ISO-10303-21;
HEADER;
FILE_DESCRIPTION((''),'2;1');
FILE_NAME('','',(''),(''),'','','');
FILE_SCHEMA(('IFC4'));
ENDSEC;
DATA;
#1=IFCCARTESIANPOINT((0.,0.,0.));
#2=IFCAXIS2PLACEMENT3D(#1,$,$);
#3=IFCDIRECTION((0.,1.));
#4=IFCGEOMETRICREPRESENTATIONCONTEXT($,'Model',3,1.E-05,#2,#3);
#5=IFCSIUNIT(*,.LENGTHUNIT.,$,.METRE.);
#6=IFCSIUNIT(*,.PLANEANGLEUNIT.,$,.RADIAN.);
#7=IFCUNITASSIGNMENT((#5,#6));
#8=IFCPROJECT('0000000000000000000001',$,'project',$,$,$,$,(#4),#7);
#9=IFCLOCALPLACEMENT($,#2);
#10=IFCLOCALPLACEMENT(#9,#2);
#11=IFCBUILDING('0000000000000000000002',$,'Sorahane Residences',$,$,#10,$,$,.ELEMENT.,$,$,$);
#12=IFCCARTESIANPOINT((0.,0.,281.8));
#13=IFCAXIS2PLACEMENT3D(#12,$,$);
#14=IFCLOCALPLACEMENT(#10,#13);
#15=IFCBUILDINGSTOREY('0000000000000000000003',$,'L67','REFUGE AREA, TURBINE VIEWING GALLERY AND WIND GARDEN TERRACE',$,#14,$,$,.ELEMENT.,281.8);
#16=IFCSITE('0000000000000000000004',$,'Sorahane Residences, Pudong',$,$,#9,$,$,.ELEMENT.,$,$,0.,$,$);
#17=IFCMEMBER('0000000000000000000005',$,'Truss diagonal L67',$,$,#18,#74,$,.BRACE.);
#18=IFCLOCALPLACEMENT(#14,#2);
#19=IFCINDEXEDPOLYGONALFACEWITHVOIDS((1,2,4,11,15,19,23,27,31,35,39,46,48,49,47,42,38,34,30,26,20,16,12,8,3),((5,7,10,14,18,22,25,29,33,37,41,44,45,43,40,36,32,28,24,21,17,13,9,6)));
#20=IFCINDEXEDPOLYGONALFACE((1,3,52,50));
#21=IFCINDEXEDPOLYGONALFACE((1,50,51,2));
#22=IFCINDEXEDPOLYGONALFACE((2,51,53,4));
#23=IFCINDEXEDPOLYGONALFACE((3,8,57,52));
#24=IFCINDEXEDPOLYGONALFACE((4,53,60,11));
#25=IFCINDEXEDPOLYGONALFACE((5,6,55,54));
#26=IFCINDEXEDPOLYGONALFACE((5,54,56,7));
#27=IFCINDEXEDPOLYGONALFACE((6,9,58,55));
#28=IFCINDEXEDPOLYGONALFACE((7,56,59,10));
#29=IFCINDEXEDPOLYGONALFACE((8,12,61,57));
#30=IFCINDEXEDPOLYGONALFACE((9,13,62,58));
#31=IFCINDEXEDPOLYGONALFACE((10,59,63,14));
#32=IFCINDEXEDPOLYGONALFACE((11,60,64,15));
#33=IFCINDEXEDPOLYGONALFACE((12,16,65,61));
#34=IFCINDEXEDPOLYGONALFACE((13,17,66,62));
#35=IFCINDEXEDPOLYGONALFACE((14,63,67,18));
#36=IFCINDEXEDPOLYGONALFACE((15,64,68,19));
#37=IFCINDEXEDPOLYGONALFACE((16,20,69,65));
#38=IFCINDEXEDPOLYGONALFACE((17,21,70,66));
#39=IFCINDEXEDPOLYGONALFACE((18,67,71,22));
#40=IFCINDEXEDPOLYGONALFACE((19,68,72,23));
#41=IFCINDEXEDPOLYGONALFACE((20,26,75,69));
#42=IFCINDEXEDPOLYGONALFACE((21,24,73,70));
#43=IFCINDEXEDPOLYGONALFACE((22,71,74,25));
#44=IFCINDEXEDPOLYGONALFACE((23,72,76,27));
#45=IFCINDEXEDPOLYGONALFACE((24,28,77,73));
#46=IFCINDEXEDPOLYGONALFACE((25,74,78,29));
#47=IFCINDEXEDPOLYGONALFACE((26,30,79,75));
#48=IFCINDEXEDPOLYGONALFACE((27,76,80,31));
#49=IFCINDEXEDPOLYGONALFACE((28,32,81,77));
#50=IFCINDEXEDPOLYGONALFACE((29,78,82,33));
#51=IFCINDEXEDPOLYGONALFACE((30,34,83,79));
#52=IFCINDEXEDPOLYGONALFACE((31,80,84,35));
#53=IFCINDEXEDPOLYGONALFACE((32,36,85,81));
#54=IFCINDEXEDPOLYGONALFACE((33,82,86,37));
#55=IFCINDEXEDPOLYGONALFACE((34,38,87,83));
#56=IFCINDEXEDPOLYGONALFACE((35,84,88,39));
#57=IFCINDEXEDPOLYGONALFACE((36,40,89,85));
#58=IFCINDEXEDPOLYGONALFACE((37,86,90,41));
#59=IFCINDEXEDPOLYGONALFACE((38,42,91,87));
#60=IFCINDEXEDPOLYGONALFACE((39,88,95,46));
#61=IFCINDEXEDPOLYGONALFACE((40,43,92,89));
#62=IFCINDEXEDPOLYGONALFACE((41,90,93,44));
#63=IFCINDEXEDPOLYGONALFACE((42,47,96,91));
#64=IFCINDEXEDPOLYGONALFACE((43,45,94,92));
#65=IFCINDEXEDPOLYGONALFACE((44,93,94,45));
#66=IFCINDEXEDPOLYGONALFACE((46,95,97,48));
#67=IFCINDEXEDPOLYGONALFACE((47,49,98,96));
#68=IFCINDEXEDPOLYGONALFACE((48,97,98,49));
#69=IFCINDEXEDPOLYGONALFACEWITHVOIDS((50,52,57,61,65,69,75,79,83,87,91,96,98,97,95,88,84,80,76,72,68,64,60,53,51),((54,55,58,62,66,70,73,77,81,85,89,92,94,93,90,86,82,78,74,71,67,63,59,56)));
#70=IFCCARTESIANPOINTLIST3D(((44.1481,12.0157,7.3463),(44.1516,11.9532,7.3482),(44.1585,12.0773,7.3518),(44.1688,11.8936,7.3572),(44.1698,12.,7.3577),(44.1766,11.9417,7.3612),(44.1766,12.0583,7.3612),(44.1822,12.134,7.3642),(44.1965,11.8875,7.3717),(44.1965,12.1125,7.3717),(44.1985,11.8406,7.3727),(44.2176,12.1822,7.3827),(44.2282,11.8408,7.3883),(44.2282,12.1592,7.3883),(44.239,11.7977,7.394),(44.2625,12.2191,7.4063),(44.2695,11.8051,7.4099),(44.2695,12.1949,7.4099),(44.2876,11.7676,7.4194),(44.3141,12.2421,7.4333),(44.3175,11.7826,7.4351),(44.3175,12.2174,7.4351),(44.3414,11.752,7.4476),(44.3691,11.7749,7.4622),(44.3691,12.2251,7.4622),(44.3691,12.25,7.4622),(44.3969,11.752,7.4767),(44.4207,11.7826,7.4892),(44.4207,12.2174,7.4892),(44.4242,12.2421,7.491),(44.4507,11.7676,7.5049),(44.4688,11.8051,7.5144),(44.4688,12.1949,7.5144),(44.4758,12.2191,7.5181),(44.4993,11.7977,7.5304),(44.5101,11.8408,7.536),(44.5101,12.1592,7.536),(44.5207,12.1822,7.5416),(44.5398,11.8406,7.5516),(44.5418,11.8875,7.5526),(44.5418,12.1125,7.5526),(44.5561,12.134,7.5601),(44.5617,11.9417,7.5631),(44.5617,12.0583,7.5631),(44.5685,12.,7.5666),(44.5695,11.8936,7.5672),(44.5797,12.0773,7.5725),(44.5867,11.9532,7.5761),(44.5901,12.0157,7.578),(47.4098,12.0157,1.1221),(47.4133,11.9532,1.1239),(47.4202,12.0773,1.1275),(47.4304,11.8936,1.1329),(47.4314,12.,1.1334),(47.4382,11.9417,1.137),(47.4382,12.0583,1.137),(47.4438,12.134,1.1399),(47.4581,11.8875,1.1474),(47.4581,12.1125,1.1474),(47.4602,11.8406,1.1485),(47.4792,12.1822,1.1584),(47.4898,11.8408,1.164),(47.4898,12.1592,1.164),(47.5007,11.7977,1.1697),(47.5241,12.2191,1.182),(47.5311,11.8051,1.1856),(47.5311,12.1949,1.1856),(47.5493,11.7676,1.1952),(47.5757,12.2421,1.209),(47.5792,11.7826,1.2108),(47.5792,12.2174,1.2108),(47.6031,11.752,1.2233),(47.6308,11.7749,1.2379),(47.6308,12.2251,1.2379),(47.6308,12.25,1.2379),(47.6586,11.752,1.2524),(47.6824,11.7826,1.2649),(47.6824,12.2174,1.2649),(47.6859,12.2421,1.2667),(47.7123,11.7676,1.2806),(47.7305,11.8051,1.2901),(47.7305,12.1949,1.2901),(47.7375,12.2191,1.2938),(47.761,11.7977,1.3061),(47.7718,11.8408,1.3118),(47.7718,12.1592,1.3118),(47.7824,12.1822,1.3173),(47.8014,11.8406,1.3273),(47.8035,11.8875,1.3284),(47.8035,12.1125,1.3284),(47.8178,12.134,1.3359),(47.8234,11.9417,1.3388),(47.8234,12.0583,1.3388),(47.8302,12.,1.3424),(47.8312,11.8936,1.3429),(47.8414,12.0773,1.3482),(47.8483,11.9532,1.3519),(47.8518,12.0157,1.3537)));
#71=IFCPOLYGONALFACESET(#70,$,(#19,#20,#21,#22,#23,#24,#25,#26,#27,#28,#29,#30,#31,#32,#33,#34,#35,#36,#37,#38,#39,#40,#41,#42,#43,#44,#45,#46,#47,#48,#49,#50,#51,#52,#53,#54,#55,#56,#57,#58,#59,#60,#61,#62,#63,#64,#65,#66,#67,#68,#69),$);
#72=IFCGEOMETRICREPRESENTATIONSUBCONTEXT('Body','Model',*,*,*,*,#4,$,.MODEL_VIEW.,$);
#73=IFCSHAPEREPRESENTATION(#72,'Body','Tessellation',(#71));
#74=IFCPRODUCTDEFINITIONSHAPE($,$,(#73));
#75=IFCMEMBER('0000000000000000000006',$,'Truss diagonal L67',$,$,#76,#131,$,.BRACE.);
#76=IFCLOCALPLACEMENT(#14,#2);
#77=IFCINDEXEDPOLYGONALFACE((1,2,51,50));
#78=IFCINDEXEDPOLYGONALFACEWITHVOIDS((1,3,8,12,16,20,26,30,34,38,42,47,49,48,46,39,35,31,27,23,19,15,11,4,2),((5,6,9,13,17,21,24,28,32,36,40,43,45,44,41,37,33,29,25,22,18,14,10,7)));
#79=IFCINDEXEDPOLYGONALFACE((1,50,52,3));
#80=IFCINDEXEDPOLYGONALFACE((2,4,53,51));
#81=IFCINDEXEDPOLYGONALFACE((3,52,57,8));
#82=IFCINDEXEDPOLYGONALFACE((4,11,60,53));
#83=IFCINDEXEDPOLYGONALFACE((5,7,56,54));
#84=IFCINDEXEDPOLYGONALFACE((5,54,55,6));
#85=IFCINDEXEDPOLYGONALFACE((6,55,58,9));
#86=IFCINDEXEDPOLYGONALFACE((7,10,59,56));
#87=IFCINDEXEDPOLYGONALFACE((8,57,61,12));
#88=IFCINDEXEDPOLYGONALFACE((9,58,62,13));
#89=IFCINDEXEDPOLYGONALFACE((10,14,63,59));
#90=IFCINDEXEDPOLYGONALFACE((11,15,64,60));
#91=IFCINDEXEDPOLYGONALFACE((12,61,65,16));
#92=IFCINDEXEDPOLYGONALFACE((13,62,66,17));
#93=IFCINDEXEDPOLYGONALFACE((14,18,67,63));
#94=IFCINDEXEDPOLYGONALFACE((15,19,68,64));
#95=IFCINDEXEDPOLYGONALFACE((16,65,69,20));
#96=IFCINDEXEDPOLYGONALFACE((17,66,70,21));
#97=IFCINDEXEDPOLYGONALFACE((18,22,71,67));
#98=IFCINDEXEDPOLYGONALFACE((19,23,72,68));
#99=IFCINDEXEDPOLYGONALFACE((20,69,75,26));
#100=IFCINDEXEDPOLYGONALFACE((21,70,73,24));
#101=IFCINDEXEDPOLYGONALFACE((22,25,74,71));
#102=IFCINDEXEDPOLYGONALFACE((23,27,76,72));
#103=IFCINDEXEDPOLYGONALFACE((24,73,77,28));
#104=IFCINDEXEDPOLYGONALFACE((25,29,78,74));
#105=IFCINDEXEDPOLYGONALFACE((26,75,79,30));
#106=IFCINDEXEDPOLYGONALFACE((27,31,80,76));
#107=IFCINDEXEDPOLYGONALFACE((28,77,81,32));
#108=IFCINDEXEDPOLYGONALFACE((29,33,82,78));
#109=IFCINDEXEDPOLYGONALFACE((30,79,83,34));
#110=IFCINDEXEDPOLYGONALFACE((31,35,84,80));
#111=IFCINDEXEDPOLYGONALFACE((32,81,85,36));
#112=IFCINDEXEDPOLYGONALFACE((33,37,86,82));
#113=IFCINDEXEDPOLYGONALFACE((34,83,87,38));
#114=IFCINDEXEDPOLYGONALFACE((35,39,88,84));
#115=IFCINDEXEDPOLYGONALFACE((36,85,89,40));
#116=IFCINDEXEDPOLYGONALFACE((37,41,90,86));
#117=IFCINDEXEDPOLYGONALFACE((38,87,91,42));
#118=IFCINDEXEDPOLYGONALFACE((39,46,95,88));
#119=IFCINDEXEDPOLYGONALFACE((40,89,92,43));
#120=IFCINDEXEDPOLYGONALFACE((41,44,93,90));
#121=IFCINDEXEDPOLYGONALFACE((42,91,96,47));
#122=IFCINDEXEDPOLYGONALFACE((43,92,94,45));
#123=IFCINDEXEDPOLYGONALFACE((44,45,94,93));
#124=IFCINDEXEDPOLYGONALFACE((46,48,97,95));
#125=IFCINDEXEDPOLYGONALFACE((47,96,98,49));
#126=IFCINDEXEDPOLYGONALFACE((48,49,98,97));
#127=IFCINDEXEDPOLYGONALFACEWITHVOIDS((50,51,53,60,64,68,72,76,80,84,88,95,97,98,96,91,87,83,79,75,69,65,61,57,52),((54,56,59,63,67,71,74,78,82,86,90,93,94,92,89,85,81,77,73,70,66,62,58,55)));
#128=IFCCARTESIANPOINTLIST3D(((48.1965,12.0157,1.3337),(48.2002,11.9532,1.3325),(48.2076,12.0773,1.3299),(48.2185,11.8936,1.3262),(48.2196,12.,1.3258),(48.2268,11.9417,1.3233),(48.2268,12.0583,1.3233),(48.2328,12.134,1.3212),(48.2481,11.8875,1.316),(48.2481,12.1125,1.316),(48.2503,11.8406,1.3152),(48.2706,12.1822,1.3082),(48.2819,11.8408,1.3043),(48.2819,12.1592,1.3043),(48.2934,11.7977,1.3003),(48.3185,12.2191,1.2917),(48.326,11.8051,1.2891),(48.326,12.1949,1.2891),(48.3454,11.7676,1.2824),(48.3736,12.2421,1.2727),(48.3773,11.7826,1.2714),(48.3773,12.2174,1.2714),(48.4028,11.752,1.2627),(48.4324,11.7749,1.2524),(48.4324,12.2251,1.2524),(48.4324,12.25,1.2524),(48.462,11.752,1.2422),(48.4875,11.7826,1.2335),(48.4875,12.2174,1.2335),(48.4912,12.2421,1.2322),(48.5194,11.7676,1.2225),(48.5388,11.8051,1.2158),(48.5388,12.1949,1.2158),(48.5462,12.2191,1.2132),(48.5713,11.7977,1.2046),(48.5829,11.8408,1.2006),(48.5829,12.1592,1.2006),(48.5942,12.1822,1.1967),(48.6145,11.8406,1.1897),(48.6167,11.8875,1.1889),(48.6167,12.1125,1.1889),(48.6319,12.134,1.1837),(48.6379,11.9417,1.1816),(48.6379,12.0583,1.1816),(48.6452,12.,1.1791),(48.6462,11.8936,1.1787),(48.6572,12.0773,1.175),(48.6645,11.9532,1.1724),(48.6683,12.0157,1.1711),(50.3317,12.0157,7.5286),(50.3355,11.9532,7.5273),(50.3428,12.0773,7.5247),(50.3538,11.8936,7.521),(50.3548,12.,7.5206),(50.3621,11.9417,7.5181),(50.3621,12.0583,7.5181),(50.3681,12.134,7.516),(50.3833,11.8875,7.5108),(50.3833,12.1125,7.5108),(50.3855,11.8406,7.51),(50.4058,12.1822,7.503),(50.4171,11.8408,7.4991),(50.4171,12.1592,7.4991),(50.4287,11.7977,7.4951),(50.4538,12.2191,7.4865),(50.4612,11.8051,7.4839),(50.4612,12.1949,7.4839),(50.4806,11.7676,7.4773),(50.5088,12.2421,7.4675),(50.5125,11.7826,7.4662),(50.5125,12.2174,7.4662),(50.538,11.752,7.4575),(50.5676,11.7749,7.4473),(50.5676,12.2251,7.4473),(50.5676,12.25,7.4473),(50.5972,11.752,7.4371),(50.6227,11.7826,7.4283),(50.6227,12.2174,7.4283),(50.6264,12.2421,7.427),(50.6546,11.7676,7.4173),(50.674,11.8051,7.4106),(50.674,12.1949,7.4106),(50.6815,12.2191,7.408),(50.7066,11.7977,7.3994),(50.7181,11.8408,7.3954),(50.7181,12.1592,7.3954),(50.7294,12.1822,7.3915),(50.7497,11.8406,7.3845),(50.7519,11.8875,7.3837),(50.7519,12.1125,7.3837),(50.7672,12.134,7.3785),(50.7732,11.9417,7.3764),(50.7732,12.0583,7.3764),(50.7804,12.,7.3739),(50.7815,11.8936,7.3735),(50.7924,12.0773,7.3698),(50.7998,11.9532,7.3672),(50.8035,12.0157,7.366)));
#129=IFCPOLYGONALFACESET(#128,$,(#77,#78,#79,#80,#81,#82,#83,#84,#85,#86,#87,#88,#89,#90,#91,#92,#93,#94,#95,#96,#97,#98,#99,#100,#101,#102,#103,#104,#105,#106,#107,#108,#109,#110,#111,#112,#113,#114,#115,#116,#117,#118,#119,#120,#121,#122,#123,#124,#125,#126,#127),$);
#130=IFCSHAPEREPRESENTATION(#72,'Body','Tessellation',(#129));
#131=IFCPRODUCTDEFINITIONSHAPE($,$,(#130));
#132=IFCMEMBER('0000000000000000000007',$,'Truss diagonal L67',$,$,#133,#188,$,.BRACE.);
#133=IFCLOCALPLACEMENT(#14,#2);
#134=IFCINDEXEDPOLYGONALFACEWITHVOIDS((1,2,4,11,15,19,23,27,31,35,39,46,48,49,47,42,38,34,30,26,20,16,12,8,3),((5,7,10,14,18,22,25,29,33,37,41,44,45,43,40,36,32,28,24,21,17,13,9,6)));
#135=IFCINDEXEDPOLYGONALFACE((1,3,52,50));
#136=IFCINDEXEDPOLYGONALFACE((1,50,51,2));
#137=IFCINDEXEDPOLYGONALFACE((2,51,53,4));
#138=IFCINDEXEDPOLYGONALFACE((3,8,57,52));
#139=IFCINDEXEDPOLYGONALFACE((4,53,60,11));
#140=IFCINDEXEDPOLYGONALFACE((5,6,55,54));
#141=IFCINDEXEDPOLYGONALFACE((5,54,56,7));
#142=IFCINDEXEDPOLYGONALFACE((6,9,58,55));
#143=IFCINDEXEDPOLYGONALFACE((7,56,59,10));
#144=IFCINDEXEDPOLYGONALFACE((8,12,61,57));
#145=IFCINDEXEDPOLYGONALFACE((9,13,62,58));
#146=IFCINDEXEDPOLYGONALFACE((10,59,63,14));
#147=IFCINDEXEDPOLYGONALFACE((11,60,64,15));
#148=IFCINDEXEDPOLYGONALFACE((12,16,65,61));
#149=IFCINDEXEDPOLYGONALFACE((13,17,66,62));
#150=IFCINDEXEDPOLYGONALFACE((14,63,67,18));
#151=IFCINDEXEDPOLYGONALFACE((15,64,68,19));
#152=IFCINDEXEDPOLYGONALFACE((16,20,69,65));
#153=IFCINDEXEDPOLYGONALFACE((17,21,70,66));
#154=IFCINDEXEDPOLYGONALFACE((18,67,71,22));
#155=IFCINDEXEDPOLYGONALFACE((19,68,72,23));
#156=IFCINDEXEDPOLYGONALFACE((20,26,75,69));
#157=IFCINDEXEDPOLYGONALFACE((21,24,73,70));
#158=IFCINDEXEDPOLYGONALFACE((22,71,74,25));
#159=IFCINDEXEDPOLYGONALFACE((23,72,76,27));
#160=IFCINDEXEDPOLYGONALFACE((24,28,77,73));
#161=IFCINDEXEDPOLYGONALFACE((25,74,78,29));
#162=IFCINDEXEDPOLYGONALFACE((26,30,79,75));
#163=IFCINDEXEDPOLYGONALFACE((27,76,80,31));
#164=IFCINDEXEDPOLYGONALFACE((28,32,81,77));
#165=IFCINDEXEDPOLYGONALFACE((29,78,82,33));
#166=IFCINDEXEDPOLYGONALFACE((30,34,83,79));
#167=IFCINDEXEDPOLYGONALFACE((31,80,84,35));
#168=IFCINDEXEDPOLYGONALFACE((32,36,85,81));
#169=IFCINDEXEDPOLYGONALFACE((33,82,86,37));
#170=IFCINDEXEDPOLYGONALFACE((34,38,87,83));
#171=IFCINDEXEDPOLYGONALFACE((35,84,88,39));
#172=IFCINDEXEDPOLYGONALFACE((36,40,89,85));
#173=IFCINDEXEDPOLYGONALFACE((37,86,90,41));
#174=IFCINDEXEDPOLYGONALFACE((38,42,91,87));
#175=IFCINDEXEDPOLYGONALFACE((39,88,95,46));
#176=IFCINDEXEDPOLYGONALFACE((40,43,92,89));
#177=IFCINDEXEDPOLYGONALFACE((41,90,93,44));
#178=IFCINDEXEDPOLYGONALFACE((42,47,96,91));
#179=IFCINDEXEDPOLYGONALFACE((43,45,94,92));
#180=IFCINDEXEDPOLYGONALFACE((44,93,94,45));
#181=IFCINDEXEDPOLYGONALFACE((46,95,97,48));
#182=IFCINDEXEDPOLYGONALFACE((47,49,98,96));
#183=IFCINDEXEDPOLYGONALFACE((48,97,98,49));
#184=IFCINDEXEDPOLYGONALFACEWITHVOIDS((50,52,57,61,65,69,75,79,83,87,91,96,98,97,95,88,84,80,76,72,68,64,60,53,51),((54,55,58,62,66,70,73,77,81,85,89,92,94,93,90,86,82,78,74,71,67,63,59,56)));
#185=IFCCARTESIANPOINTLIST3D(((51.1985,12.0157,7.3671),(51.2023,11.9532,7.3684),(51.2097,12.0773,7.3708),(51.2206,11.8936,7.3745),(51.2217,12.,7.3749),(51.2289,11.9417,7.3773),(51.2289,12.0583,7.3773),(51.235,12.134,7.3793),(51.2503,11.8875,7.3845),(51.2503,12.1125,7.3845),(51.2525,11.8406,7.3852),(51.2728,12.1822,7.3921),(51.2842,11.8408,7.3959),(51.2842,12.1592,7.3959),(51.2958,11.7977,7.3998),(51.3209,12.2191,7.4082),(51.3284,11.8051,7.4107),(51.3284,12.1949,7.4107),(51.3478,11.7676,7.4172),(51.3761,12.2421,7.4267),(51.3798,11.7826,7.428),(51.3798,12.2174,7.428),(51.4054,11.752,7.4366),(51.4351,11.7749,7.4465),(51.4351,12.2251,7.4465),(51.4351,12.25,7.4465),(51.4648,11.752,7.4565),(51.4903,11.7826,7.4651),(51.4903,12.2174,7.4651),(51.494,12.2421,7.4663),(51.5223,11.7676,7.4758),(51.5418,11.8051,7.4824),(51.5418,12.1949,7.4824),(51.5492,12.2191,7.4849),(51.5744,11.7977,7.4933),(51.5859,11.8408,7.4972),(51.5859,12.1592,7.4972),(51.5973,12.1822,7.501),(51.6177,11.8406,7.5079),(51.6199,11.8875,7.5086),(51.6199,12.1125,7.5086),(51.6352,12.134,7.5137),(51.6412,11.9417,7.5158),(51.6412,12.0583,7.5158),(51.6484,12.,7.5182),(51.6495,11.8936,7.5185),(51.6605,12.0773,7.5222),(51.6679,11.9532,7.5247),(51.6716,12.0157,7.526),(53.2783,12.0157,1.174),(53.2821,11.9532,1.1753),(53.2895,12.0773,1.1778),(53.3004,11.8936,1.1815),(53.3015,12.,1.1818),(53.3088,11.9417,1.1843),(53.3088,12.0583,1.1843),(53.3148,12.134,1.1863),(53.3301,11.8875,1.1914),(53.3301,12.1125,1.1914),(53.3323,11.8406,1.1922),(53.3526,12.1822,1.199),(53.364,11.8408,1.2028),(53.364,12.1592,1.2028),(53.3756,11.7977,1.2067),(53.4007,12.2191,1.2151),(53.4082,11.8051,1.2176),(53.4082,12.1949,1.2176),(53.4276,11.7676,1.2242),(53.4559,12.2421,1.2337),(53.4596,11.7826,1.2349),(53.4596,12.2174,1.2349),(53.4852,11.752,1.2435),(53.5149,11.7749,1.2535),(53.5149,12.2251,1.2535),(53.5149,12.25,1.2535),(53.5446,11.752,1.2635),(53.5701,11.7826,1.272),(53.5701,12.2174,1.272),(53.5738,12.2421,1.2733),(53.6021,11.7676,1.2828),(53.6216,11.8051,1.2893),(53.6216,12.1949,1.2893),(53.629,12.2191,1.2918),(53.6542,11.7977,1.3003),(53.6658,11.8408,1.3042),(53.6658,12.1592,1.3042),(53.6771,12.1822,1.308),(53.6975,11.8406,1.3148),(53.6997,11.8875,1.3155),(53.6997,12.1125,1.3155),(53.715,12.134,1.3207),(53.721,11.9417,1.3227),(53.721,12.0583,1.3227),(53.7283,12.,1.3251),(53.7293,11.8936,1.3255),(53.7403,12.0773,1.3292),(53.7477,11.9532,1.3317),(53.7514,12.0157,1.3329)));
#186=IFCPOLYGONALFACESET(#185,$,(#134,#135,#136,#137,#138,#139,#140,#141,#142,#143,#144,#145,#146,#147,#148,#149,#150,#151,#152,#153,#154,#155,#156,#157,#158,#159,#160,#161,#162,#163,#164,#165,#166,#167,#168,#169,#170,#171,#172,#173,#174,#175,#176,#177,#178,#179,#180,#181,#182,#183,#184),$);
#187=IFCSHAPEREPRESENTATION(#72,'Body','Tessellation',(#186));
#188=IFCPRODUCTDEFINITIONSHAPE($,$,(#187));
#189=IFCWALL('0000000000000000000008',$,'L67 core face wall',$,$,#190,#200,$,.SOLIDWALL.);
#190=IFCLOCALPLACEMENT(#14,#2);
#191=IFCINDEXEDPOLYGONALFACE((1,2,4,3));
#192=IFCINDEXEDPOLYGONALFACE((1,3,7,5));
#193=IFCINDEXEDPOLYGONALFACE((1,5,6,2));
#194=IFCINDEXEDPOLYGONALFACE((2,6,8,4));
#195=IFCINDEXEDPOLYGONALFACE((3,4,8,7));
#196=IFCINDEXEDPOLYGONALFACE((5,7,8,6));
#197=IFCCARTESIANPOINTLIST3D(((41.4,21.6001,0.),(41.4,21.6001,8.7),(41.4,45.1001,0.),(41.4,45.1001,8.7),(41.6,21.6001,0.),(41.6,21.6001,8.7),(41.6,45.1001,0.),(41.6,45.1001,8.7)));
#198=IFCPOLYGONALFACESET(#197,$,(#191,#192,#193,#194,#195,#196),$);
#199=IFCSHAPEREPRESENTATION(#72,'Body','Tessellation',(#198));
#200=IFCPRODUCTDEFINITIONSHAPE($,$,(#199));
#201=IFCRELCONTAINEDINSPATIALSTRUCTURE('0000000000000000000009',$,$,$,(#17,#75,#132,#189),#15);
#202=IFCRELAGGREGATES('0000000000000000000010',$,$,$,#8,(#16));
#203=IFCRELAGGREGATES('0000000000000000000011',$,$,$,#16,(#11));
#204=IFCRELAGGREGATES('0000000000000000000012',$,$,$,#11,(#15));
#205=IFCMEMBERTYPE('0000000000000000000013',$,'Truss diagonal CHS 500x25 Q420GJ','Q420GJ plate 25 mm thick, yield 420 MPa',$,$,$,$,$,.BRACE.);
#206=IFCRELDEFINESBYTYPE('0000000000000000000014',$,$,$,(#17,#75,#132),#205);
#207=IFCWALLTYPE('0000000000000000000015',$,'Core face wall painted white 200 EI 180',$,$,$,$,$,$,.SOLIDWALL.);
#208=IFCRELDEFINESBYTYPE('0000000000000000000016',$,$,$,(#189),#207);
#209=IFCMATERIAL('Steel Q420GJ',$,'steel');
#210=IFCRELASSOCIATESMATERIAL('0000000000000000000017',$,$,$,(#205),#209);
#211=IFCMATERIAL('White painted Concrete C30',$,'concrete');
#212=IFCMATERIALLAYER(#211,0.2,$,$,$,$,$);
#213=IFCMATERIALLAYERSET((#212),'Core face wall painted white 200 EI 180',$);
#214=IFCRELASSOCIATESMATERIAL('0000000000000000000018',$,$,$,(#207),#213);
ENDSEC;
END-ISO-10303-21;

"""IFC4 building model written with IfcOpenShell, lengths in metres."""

from ifc_helpers import new_model, si_unit, direction, frame, frame_2d, origin, origin_2d, place, context, subcontext, project, spatial, rectangle, hollow_circle, extrude, material, layer, layer_set, material_profile, profile_set, type_object, element, save


model = new_model("IFC4")

# Units and contexts
model_context = context("Model", 3, precision=1e-05, world=origin(), true_north=direction((0.0, 1.0)))
body_context = subcontext(model_context, "Body", "Model", "MODEL_VIEW")
ifc_project = project(units=[si_unit("LENGTHUNIT", "METRE"), si_unit("PLANEANGLEUNIT", "RADIAN")], contexts=[model_context])

# Site, building, storey
site_placement = place(None, origin())
site = spatial("IfcSite", under=ifc_project, at=site_placement, Name="Sorahane Residences, Pudong", CompositionType="ELEMENT", RefElevation=0.0)
building_placement = place(site_placement, origin())
building = spatial("IfcBuilding", under=site, at=building_placement, Name="Sorahane Residences", CompositionType="ELEMENT")
storey_placement = place(building_placement, frame((0.0, 0.0, 281.8)))
storey = spatial("IfcBuildingStorey", under=building, at=storey_placement, Name="L67", Description="REFUGE AREA, TURBINE VIEWING GALLERY AND WIND GARDEN TERRACE", CompositionType="ELEMENT", Elevation=281.8)

# Members
ifc_material_1 = material(Name="Steel Q420GJ", Category="steel")
ifc_material_profile_1 = material_profile(ifc_material_1, hollow_circle(Radius=0.25, WallThickness=0.0249, at=origin_2d()), Name="CHS 500x25")
ifc_profile_set_1 = profile_set([ifc_material_profile_1], Name="Steel Q420GJ")
member_type = type_object("IfcMemberType", Name="Truss diagonal CHS 500x25 Q420GJ", Description="Q420GJ plate 25 mm thick, yield 420 MPa", PredefinedType="BRACE", material=ifc_profile_set_1)
member_1_placement = place(storey_placement, frame((44.3691, 12.0, 7.4622), z_axis=(0.464156, 0.0, -0.885753), x_axis=(0.0, 1.0, 0.0)))
element("IfcMember", 1, at=member_1_placement, inside=storey, type_object=member_type, Name="Truss diagonal L67", PredefinedType="BRACE", context=body_context, shape_type="SweptSolid", body=[
    extrude(hollow_circle(Radius=0.25, WallThickness=0.0249, at=origin_2d()), origin(), (0.0, 0.0, 1.0), 7.0271),
])
member_2_placement = place(storey_placement, frame((48.4324, 12.0, 1.2524), z_axis=(0.325869, 0.0, 0.945415), x_axis=(0.0, 1.0, 0.0)))
element("IfcMember", 2, at=member_2_placement, inside=storey, type_object=member_type, Name="Truss diagonal L67", PredefinedType="BRACE", context=body_context, shape_type="SweptSolid", body=[
    extrude(hollow_circle(Radius=0.25, WallThickness=0.0249, at=origin_2d()), origin(), (0.0, 0.0, 1.0), 6.5525),
])
member_3_placement = place(storey_placement, frame((51.4351, 12.0, 7.4465), z_axis=(0.318357, 0.0, -0.947971), x_axis=(0.0, 1.0, 0.0)))
element("IfcMember", 3, at=member_3_placement, inside=storey, type_object=member_type, Name="Truss diagonal L67", PredefinedType="BRACE", context=body_context, shape_type="SweptSolid", body=[
    extrude(hollow_circle(Radius=0.25, WallThickness=0.0249, at=origin_2d()), origin(), (0.0, 0.0, 1.0), 6.533),
])

# Wall
ifc_material_2 = material(Name="White painted Concrete C30", Category="concrete")
ifc_layer_1 = layer(ifc_material_2, 0.2)
ifc_layer_set_1 = layer_set([ifc_layer_1], Name="Core face wall painted white 200 EI 180")
wall_type_1 = type_object("IfcWallType", Name="Core face wall painted white 200 EI 180", PredefinedType="SOLIDWALL", material=ifc_layer_set_1)
wall_1_placement = place(storey_placement, frame((41.5, 21.6001, 0.0), z_axis=(0.0, 0.0, 1.0), x_axis=(0.0, 1.0, 0.0)))
element("IfcWall", 4, at=wall_1_placement, inside=storey, type_object=wall_type_1, Name="L67 core face wall", PredefinedType="SOLIDWALL", context=body_context, shape_type="SweptSolid", body=[
    extrude(rectangle(XDim=23.5, YDim=0.2, at=frame_2d((11.75, 0.0))), origin(), (0.0, 0.0, 1.0), 8.7),
])

save(model, "model.ifc")
